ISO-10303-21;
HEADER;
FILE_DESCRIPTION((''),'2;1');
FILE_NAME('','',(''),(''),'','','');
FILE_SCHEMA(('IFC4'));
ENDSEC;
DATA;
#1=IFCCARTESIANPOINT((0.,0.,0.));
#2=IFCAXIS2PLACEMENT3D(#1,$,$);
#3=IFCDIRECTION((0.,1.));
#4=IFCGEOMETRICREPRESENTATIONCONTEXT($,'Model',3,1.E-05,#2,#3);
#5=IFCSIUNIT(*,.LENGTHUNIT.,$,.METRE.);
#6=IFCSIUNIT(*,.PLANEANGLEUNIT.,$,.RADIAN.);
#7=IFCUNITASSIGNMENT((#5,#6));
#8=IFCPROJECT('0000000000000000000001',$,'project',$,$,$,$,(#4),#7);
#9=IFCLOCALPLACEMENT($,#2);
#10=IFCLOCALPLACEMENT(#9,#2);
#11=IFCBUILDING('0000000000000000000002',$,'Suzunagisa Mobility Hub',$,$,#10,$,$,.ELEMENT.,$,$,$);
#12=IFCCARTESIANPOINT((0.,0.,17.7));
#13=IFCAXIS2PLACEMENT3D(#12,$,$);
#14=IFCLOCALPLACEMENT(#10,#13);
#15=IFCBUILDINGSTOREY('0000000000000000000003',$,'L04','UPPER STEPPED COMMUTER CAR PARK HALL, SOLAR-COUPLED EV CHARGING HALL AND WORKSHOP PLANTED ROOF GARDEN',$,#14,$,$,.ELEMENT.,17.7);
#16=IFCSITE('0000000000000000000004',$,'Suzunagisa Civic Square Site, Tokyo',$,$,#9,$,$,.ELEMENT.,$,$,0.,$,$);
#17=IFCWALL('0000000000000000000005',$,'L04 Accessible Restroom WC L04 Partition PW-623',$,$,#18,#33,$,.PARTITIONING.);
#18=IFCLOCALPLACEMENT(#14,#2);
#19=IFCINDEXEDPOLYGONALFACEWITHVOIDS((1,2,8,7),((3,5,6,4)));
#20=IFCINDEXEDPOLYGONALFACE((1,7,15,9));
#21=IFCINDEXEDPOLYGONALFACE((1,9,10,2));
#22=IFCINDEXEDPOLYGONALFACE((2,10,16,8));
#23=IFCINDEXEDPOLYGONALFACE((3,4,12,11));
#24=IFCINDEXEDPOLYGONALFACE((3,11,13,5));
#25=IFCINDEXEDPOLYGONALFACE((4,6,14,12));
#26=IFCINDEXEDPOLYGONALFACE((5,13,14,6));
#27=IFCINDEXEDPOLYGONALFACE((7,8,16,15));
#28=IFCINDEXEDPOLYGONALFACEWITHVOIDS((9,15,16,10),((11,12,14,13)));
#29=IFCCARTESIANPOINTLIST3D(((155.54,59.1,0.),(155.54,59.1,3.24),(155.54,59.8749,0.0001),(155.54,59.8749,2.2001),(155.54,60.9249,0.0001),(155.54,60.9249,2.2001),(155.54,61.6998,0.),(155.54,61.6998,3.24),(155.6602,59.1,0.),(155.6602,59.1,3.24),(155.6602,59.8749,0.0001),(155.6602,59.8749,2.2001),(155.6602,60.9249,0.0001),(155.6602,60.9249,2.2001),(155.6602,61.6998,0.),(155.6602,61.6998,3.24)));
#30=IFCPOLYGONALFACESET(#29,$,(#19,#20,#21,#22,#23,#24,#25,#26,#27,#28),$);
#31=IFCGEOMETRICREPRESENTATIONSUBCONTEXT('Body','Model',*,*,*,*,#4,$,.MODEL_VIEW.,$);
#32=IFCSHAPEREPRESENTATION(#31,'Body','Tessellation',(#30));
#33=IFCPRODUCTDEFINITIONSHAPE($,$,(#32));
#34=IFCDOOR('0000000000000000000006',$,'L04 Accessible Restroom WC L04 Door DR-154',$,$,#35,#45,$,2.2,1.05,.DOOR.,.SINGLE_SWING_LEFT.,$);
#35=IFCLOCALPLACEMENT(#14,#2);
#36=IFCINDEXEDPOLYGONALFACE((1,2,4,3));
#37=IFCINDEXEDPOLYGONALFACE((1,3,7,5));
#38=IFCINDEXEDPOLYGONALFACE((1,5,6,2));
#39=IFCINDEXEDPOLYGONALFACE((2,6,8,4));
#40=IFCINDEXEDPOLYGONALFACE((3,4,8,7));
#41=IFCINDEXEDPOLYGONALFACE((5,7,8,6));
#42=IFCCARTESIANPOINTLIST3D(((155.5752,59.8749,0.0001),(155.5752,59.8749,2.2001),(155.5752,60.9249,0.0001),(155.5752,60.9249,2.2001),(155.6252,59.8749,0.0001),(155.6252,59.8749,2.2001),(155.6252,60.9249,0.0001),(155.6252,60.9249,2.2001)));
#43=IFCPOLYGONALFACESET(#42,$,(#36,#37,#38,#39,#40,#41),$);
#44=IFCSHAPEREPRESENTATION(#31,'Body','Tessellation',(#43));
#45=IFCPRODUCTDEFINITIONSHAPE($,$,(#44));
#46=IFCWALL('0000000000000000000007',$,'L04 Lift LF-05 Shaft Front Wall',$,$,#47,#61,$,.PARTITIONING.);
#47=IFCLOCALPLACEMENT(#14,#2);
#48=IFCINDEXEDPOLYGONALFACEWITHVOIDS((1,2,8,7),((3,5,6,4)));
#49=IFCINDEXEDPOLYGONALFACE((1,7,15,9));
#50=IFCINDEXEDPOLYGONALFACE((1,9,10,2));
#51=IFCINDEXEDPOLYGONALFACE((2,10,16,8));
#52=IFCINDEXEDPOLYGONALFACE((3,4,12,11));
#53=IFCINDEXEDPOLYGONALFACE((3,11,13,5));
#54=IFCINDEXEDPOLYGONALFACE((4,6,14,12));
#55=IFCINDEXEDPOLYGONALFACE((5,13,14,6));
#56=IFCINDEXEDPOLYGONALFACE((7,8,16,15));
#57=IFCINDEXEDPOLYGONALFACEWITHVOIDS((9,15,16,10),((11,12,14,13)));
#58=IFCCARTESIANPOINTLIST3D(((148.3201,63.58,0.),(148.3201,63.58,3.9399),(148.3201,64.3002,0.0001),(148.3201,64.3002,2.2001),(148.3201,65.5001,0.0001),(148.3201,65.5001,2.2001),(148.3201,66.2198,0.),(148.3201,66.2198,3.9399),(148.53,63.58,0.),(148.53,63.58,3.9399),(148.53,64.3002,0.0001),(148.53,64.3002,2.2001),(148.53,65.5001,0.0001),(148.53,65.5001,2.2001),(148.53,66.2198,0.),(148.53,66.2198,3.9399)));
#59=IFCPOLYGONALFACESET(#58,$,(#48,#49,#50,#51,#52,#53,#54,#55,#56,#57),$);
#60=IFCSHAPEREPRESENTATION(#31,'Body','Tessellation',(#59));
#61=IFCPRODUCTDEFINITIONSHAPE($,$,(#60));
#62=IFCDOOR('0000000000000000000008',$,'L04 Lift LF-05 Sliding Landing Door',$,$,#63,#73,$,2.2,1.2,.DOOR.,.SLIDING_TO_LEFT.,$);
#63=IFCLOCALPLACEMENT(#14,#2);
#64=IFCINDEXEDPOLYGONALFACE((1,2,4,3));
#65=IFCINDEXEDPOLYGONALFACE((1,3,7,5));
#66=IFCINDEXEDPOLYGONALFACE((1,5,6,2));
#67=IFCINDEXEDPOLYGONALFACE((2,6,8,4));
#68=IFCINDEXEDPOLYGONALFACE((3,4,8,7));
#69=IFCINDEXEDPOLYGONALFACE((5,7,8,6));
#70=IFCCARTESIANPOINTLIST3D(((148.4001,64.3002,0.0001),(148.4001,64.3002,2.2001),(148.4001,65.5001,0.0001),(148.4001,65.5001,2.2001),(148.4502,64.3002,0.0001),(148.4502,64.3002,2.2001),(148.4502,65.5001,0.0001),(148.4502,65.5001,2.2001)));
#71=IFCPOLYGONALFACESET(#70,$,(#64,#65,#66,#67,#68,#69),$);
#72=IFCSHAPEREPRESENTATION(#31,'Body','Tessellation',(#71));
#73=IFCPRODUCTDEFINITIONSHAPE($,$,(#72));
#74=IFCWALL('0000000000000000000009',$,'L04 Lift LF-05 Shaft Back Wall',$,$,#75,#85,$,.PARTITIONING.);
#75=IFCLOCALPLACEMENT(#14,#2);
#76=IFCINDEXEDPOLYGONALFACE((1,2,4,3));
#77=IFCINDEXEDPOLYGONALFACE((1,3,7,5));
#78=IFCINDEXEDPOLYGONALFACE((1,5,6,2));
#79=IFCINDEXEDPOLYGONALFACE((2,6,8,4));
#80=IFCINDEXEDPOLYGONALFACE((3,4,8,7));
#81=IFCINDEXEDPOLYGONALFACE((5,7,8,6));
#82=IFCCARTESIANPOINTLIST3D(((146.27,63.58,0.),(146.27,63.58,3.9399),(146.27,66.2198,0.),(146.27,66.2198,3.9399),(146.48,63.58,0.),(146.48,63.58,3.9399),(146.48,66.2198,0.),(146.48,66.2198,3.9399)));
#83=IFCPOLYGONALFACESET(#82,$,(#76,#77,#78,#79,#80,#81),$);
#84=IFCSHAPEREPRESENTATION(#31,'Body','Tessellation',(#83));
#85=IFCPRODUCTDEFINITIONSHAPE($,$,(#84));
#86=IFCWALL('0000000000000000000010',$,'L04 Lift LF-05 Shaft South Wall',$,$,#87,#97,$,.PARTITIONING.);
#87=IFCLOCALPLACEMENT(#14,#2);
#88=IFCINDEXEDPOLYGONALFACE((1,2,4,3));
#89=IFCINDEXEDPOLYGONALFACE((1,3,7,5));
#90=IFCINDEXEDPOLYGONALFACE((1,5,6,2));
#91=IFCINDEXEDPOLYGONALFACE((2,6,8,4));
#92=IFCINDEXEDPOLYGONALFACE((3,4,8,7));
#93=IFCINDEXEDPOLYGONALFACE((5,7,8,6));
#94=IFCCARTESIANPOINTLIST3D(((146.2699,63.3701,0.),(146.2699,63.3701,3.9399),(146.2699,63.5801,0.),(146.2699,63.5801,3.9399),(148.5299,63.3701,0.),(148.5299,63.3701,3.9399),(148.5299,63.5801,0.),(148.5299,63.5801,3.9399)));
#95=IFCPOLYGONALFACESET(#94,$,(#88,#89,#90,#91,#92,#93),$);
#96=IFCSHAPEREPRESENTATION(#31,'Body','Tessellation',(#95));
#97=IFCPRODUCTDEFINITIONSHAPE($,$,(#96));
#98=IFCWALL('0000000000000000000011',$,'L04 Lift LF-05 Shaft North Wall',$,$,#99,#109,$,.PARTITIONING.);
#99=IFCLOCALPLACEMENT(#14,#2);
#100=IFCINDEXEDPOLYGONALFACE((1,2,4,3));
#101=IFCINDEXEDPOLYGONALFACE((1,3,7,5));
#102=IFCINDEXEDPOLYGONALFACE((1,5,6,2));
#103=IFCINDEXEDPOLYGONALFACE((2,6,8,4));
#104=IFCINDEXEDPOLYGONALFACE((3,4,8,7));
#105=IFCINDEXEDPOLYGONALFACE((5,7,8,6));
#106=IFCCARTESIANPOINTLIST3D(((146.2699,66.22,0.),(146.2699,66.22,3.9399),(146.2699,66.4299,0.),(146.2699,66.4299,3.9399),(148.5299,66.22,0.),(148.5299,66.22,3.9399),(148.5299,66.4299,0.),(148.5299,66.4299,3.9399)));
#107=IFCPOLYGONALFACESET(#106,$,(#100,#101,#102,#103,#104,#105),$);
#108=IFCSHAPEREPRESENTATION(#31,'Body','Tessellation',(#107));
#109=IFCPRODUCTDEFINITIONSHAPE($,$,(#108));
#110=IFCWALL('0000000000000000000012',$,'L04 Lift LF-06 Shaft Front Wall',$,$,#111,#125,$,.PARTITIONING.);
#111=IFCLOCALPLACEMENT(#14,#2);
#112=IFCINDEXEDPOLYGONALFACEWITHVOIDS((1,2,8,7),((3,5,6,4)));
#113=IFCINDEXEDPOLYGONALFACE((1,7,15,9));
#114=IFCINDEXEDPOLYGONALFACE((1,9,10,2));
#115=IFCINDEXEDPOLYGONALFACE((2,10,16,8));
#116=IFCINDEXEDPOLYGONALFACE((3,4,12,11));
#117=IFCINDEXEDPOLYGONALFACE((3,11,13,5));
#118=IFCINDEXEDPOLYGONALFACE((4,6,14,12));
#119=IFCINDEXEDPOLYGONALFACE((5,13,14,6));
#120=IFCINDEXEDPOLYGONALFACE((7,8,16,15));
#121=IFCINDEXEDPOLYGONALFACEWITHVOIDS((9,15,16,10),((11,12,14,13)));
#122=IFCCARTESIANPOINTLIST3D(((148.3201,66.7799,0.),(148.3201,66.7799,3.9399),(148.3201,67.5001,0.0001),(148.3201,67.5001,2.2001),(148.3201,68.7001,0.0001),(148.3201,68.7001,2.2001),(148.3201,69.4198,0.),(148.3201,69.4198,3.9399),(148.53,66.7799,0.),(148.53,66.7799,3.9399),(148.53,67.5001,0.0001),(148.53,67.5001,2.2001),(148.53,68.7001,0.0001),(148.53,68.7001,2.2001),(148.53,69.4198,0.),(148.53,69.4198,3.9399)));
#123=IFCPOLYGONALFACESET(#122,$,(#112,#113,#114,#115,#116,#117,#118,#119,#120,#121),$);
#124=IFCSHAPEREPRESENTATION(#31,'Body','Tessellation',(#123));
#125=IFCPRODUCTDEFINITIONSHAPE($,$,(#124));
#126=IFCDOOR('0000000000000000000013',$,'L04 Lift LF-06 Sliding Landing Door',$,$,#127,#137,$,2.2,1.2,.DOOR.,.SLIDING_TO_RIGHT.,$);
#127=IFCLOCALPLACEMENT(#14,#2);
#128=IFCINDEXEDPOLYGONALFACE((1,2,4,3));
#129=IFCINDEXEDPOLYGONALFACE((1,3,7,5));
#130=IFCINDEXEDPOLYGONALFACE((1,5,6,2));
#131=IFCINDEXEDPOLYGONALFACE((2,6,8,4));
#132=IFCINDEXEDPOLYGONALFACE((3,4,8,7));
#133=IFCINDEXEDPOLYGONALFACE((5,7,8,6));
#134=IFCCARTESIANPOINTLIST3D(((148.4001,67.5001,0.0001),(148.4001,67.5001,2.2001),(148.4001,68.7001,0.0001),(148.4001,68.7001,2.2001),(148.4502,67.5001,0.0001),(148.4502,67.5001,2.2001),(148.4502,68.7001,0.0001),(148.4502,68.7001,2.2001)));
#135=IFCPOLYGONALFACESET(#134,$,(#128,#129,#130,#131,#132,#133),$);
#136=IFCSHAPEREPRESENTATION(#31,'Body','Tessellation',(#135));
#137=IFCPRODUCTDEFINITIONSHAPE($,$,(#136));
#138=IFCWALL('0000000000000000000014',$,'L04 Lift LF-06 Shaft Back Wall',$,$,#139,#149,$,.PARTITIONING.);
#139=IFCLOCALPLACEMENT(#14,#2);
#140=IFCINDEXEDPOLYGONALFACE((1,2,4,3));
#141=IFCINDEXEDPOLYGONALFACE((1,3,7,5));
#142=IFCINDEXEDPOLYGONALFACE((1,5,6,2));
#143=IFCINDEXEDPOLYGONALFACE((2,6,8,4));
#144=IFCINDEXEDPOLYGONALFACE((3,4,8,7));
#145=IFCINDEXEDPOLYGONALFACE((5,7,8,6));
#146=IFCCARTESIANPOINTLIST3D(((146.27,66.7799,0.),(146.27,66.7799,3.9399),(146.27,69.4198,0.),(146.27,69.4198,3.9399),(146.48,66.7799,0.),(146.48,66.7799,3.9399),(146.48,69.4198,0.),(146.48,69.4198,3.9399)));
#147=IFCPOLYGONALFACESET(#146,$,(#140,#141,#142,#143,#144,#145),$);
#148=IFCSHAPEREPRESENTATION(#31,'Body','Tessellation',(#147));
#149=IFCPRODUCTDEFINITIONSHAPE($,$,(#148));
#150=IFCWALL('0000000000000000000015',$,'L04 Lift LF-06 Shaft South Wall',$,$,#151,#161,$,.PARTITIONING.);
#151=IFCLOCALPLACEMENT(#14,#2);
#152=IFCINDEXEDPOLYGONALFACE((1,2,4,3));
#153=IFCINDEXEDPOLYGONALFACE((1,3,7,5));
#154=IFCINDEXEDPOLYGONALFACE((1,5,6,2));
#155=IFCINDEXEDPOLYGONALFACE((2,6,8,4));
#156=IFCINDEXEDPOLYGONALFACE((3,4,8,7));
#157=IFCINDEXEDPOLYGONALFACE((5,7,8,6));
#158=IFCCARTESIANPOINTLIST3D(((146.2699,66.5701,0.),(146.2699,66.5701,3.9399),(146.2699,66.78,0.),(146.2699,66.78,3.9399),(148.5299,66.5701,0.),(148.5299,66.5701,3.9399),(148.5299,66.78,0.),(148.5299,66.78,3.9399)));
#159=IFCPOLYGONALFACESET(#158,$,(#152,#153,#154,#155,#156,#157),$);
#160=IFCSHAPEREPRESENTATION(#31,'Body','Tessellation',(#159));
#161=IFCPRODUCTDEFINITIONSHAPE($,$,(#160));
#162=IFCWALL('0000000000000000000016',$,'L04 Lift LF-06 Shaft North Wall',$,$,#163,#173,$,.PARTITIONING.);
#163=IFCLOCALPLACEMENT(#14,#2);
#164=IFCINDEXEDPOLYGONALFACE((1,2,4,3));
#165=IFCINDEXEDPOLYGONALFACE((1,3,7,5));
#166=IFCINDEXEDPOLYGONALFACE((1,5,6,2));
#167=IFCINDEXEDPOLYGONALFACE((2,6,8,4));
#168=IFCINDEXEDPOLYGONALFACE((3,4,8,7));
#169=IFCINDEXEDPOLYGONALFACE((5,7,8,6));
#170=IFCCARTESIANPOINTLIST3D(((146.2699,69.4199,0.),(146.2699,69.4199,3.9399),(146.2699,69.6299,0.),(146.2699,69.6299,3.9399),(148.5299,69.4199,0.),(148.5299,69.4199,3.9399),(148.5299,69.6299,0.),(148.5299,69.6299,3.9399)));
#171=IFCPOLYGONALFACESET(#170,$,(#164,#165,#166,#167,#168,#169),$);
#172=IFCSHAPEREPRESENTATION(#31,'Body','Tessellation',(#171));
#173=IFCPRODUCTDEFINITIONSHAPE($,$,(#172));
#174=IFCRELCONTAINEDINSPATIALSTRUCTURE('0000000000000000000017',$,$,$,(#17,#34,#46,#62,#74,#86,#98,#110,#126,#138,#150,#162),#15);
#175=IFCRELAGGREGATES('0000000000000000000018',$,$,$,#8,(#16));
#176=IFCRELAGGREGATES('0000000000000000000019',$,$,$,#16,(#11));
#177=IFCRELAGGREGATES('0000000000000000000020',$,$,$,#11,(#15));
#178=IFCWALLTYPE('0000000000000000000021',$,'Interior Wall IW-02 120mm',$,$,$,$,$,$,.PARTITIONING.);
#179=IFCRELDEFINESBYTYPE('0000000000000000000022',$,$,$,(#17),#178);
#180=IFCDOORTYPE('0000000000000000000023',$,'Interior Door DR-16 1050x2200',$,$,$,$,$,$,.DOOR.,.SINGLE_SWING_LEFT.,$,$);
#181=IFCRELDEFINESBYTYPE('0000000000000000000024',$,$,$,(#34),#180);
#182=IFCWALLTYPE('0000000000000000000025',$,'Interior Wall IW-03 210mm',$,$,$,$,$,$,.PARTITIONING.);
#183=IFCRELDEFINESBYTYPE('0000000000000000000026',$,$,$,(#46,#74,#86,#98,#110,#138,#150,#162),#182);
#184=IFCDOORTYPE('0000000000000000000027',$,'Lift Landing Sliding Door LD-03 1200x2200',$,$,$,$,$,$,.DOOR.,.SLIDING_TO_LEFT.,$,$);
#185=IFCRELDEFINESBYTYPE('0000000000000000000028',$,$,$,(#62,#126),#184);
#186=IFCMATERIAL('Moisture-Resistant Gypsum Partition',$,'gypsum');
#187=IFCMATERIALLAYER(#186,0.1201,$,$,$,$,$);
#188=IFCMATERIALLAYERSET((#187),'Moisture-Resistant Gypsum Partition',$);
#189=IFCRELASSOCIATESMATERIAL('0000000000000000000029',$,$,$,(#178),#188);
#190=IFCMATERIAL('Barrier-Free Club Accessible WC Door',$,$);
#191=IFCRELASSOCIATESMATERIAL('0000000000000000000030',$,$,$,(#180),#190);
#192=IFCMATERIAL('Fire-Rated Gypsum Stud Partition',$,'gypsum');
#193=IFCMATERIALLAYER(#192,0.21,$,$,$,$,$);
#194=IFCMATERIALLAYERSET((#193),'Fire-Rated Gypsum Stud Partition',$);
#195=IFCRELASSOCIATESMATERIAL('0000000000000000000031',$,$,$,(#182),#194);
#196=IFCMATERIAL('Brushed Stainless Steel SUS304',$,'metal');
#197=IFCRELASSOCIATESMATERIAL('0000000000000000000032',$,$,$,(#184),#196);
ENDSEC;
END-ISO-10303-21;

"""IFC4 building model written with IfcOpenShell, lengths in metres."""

from ifc_helpers import new_model, si_unit, direction, frame, frame_2d, origin, place, context, subcontext, project, spatial, rectangle, extrude, material, layer, layer_set, type_object, element, fill, save


model = new_model("IFC4")

# Units and contexts
model_context = context("Model", 3, precision=1e-05, world=origin(), true_north=direction((0.0, 1.0)))
body_context = subcontext(model_context, "Body", "Model", "MODEL_VIEW")
ifc_project = project(units=[si_unit("LENGTHUNIT", "METRE"), si_unit("PLANEANGLEUNIT", "RADIAN")], contexts=[model_context])

# Site, building, storey
site_placement = place(None, origin())
site = spatial("IfcSite", under=ifc_project, at=site_placement, Name="Suzunagisa Civic Square Site, Tokyo", CompositionType="ELEMENT", RefElevation=0.0)
building_placement = place(site_placement, origin())
building = spatial("IfcBuilding", under=site, at=building_placement, Name="Suzunagisa Mobility Hub", CompositionType="ELEMENT")
storey_placement = place(building_placement, frame((0.0, 0.0, 17.7)))
storey = spatial("IfcBuildingStorey", under=building, at=storey_placement, Name="L04", Description="UPPER STEPPED COMMUTER CAR PARK HALL, SOLAR-COUPLED EV CHARGING HALL AND WORKSHOP PLANTED ROOF GARDEN", CompositionType="ELEMENT", Elevation=17.7)

# Shared definitions
ifc_material_1 = material(Name="Moisture-Resistant Gypsum Partition", Category="gypsum")
ifc_layer_1 = layer(ifc_material_1, 0.1201)
ifc_layer_set_1 = layer_set([ifc_layer_1], Name="Moisture-Resistant Gypsum Partition")
wall_type_1 = type_object("IfcWallType", Name="Interior Wall IW-02 120mm", PredefinedType="PARTITIONING", material=ifc_layer_set_1)

# Walls, openings, doors
wall_1_placement = place(storey_placement, frame((155.6001, 59.1001, 0.0), z_axis=(0.0, 0.0, 1.0), x_axis=(0.0, 1.0, 0.0)))
wall_1 = element("IfcWall", 1, at=wall_1_placement, inside=storey, type_object=wall_type_1, Name="L04 Accessible Restroom WC L04 Partition PW-623", PredefinedType="PARTITIONING", context=body_context, shape_type="SweptSolid", body=[
    extrude(rectangle(XDim=2.5999, YDim=0.1201, at=frame_2d((1.2998, 0.0))), origin(), (0.0, 0.0, 1.0), 3.24),
])
opening_1_placement = place(wall_1_placement, frame((0.7749, 0.0, 0.0)))
opening_1 = element("IfcOpeningElement", 2, at=opening_1_placement, cuts=wall_1, PredefinedType="OPENING", context=body_context, shape_type="SweptSolid", body=[
    extrude(rectangle(XDim=1.05, YDim=2.2, at=frame_2d((0.5249, 1.1001))), frame((0.0, 0.071, 0.0), z_axis=(0.0, -1.0, 0.0), x_axis=(1.0, 0.0, 0.0)), (0.0, 0.0, 1.0), 0.1421),
])
ifc_material_2 = material(Name="Barrier-Free Club Accessible WC Door")
door_type_1 = type_object("IfcDoorType", Name="Interior Door DR-16 1050x2200", OperationType="SINGLE_SWING_LEFT", PredefinedType="DOOR", material=ifc_material_2)
door_1_placement = place(opening_1_placement, origin())
door_1 = element("IfcDoor", 3, at=door_1_placement, inside=storey, type_object=door_type_1, Name="L04 Accessible Restroom WC L04 Door DR-154", OperationType="SINGLE_SWING_LEFT", OverallHeight=2.2, OverallWidth=1.05, PredefinedType="DOOR", context=body_context, shape_type="SweptSolid", body=[
    extrude(rectangle(XDim=1.05, YDim=2.2, at=frame_2d((0.5249, 1.1001))), frame((0.0, 0.0249, 0.0), z_axis=(0.0, -1.0, 0.0), x_axis=(1.0, 0.0, 0.0)), (0.0, 0.0, 1.0), 0.05),
])
fill(opening_1, door_1)
ifc_material_3 = material(Name="Fire-Rated Gypsum Stud Partition", Category="gypsum")
ifc_layer_2 = layer(ifc_material_3, 0.21)
ifc_layer_set_2 = layer_set([ifc_layer_2], Name="Fire-Rated Gypsum Stud Partition")
wall_type_2 = type_object("IfcWallType", Name="Interior Wall IW-03 210mm", PredefinedType="PARTITIONING", material=ifc_layer_set_2)
wall_2_placement = place(storey_placement, frame((148.425, 63.5801, 0.0), z_axis=(0.0, 0.0, 1.0), x_axis=(0.0, 1.0, 0.0)))
wall_2 = element("IfcWall", 4, at=wall_2_placement, inside=storey, type_object=wall_type_2, Name="L04 Lift LF-05 Shaft Front Wall", PredefinedType="PARTITIONING", context=body_context, shape_type="SweptSolid", body=[
    extrude(rectangle(XDim=2.6399, YDim=0.21, at=frame_2d((1.3198, 0.0))), origin(), (0.0, 0.0, 1.0), 3.9399),
])
opening_2_placement = place(wall_2_placement, frame((0.72, 0.0, 0.0)))
opening_2 = element("IfcOpeningElement", 5, at=opening_2_placement, cuts=wall_2, PredefinedType="OPENING", context=body_context, shape_type="SweptSolid", body=[
    extrude(rectangle(XDim=1.2, YDim=2.2, at=frame_2d((0.6001, 1.1001))), frame((0.0, 0.116, 0.0), z_axis=(0.0, -1.0, 0.0), x_axis=(1.0, 0.0, 0.0)), (0.0, 0.0, 1.0), 0.2319),
])
ifc_material_4 = material(Name="Brushed Stainless Steel SUS304", Category="metal")
door_type_2 = type_object("IfcDoorType", Name="Lift Landing Sliding Door LD-03 1200x2200", OperationType="SLIDING_TO_LEFT", PredefinedType="DOOR", material=ifc_material_4)
door_2_placement = place(opening_2_placement, origin())
door_2 = element("IfcDoor", 6, at=door_2_placement, inside=storey, type_object=door_type_2, Name="L04 Lift LF-05 Sliding Landing Door", OperationType="SLIDING_TO_LEFT", OverallHeight=2.2, OverallWidth=1.2, PredefinedType="DOOR", context=body_context, shape_type="SweptSolid", body=[
    extrude(rectangle(XDim=1.2, YDim=2.2, at=frame_2d((0.6001, 1.1001))), frame((0.0, 0.0249, 0.0), z_axis=(0.0, -1.0, 0.0), x_axis=(1.0, 0.0, 0.0)), (0.0, 0.0, 1.0), 0.05),
])
fill(opening_2, door_2)

# Walls
wall_3_placement = place(storey_placement, frame((146.375, 63.5801, 0.0), z_axis=(0.0, 0.0, 1.0), x_axis=(0.0, 1.0, 0.0)))
element("IfcWall", 7, at=wall_3_placement, inside=storey, type_object=wall_type_2, Name="L04 Lift LF-05 Shaft Back Wall", PredefinedType="PARTITIONING", context=body_context, shape_type="SweptSolid", body=[
    extrude(rectangle(XDim=2.6399, YDim=0.21, at=frame_2d((1.3198, 0.0))), origin(), (0.0, 0.0, 1.0), 3.9399),
])
for number, where, z_axis, x_axis, name in (
    (8, (146.27, 63.4751, 0.0), (0.0, 0.0, 1.0), (1.0, 0.0, 0.0), "L04 Lift LF-05 Shaft South Wall"),
    (9, (146.27, 66.325, 0.0), (0.0, 0.0, 1.0), (1.0, 0.0, 0.0), "L04 Lift LF-05 Shaft North Wall"),
):
    element("IfcWall", number, at=place(storey_placement, frame(where, z_axis=z_axis, x_axis=x_axis)), inside=storey, type_object=wall_type_2, Name=name, PredefinedType="PARTITIONING", context=body_context, shape_type="SweptSolid", body=[
        extrude(rectangle(XDim=2.26, YDim=0.21, at=frame_2d((1.1299, 0.0))), origin(), (0.0, 0.0, 1.0), 3.9399),
    ])

# Wall, opening, door
wall_4_placement = place(storey_placement, frame((148.425, 66.78, 0.0), z_axis=(0.0, 0.0, 1.0), x_axis=(0.0, 1.0, 0.0)))
wall_4 = element("IfcWall", 10, at=wall_4_placement, inside=storey, type_object=wall_type_2, Name="L04 Lift LF-06 Shaft Front Wall", PredefinedType="PARTITIONING", context=body_context, shape_type="SweptSolid", body=[
    extrude(rectangle(XDim=2.6399, YDim=0.21, at=frame_2d((1.3198, 0.0))), origin(), (0.0, 0.0, 1.0), 3.9399),
])
opening_3_placement = place(wall_4_placement, frame((0.72, 0.0, 0.0)))
opening_3 = element("IfcOpeningElement", 11, at=opening_3_placement, cuts=wall_4, PredefinedType="OPENING", context=body_context, shape_type="SweptSolid", body=[
    extrude(rectangle(XDim=1.2, YDim=2.2, at=frame_2d((0.6001, 1.1001))), frame((0.0, 0.116, 0.0), z_axis=(0.0, -1.0, 0.0), x_axis=(1.0, 0.0, 0.0)), (0.0, 0.0, 1.0), 0.2319),
])
door_3_placement = place(opening_3_placement, origin())
door_3 = element("IfcDoor", 12, at=door_3_placement, inside=storey, type_object=door_type_2, Name="L04 Lift LF-06 Sliding Landing Door", OperationType="SLIDING_TO_RIGHT", OverallHeight=2.2, OverallWidth=1.2, PredefinedType="DOOR", context=body_context, shape_type="SweptSolid", body=[
    extrude(rectangle(XDim=1.2, YDim=2.2, at=frame_2d((0.6001, 1.1001))), frame((0.0, 0.0249, 0.0), z_axis=(0.0, -1.0, 0.0), x_axis=(1.0, 0.0, 0.0)), (0.0, 0.0, 1.0), 0.05),
])
fill(opening_3, door_3)

# Walls
wall_5_placement = place(storey_placement, frame((146.375, 66.78, 0.0), z_axis=(0.0, 0.0, 1.0), x_axis=(0.0, 1.0, 0.0)))
element("IfcWall", 13, at=wall_5_placement, inside=storey, type_object=wall_type_2, Name="L04 Lift LF-06 Shaft Back Wall", PredefinedType="PARTITIONING", context=body_context, shape_type="SweptSolid", body=[
    extrude(rectangle(XDim=2.6399, YDim=0.21, at=frame_2d((1.3198, 0.0))), origin(), (0.0, 0.0, 1.0), 3.9399),
])
for number, where, z_axis, x_axis, name in (
    (14, (146.27, 66.675, 0.0), (0.0, 0.0, 1.0), (1.0, 0.0, 0.0), "L04 Lift LF-06 Shaft South Wall"),
    (15, (146.27, 69.5249, 0.0), (0.0, 0.0, 1.0), (1.0, 0.0, 0.0), "L04 Lift LF-06 Shaft North Wall"),
):
    element("IfcWall", number, at=place(storey_placement, frame(where, z_axis=z_axis, x_axis=x_axis)), inside=storey, type_object=wall_type_2, Name=name, PredefinedType="PARTITIONING", context=body_context, shape_type="SweptSolid", body=[
        extrude(rectangle(XDim=2.26, YDim=0.21, at=frame_2d((1.1299, 0.0))), origin(), (0.0, 0.0, 1.0), 3.9399),
    ])

save(model, "model.ifc")
